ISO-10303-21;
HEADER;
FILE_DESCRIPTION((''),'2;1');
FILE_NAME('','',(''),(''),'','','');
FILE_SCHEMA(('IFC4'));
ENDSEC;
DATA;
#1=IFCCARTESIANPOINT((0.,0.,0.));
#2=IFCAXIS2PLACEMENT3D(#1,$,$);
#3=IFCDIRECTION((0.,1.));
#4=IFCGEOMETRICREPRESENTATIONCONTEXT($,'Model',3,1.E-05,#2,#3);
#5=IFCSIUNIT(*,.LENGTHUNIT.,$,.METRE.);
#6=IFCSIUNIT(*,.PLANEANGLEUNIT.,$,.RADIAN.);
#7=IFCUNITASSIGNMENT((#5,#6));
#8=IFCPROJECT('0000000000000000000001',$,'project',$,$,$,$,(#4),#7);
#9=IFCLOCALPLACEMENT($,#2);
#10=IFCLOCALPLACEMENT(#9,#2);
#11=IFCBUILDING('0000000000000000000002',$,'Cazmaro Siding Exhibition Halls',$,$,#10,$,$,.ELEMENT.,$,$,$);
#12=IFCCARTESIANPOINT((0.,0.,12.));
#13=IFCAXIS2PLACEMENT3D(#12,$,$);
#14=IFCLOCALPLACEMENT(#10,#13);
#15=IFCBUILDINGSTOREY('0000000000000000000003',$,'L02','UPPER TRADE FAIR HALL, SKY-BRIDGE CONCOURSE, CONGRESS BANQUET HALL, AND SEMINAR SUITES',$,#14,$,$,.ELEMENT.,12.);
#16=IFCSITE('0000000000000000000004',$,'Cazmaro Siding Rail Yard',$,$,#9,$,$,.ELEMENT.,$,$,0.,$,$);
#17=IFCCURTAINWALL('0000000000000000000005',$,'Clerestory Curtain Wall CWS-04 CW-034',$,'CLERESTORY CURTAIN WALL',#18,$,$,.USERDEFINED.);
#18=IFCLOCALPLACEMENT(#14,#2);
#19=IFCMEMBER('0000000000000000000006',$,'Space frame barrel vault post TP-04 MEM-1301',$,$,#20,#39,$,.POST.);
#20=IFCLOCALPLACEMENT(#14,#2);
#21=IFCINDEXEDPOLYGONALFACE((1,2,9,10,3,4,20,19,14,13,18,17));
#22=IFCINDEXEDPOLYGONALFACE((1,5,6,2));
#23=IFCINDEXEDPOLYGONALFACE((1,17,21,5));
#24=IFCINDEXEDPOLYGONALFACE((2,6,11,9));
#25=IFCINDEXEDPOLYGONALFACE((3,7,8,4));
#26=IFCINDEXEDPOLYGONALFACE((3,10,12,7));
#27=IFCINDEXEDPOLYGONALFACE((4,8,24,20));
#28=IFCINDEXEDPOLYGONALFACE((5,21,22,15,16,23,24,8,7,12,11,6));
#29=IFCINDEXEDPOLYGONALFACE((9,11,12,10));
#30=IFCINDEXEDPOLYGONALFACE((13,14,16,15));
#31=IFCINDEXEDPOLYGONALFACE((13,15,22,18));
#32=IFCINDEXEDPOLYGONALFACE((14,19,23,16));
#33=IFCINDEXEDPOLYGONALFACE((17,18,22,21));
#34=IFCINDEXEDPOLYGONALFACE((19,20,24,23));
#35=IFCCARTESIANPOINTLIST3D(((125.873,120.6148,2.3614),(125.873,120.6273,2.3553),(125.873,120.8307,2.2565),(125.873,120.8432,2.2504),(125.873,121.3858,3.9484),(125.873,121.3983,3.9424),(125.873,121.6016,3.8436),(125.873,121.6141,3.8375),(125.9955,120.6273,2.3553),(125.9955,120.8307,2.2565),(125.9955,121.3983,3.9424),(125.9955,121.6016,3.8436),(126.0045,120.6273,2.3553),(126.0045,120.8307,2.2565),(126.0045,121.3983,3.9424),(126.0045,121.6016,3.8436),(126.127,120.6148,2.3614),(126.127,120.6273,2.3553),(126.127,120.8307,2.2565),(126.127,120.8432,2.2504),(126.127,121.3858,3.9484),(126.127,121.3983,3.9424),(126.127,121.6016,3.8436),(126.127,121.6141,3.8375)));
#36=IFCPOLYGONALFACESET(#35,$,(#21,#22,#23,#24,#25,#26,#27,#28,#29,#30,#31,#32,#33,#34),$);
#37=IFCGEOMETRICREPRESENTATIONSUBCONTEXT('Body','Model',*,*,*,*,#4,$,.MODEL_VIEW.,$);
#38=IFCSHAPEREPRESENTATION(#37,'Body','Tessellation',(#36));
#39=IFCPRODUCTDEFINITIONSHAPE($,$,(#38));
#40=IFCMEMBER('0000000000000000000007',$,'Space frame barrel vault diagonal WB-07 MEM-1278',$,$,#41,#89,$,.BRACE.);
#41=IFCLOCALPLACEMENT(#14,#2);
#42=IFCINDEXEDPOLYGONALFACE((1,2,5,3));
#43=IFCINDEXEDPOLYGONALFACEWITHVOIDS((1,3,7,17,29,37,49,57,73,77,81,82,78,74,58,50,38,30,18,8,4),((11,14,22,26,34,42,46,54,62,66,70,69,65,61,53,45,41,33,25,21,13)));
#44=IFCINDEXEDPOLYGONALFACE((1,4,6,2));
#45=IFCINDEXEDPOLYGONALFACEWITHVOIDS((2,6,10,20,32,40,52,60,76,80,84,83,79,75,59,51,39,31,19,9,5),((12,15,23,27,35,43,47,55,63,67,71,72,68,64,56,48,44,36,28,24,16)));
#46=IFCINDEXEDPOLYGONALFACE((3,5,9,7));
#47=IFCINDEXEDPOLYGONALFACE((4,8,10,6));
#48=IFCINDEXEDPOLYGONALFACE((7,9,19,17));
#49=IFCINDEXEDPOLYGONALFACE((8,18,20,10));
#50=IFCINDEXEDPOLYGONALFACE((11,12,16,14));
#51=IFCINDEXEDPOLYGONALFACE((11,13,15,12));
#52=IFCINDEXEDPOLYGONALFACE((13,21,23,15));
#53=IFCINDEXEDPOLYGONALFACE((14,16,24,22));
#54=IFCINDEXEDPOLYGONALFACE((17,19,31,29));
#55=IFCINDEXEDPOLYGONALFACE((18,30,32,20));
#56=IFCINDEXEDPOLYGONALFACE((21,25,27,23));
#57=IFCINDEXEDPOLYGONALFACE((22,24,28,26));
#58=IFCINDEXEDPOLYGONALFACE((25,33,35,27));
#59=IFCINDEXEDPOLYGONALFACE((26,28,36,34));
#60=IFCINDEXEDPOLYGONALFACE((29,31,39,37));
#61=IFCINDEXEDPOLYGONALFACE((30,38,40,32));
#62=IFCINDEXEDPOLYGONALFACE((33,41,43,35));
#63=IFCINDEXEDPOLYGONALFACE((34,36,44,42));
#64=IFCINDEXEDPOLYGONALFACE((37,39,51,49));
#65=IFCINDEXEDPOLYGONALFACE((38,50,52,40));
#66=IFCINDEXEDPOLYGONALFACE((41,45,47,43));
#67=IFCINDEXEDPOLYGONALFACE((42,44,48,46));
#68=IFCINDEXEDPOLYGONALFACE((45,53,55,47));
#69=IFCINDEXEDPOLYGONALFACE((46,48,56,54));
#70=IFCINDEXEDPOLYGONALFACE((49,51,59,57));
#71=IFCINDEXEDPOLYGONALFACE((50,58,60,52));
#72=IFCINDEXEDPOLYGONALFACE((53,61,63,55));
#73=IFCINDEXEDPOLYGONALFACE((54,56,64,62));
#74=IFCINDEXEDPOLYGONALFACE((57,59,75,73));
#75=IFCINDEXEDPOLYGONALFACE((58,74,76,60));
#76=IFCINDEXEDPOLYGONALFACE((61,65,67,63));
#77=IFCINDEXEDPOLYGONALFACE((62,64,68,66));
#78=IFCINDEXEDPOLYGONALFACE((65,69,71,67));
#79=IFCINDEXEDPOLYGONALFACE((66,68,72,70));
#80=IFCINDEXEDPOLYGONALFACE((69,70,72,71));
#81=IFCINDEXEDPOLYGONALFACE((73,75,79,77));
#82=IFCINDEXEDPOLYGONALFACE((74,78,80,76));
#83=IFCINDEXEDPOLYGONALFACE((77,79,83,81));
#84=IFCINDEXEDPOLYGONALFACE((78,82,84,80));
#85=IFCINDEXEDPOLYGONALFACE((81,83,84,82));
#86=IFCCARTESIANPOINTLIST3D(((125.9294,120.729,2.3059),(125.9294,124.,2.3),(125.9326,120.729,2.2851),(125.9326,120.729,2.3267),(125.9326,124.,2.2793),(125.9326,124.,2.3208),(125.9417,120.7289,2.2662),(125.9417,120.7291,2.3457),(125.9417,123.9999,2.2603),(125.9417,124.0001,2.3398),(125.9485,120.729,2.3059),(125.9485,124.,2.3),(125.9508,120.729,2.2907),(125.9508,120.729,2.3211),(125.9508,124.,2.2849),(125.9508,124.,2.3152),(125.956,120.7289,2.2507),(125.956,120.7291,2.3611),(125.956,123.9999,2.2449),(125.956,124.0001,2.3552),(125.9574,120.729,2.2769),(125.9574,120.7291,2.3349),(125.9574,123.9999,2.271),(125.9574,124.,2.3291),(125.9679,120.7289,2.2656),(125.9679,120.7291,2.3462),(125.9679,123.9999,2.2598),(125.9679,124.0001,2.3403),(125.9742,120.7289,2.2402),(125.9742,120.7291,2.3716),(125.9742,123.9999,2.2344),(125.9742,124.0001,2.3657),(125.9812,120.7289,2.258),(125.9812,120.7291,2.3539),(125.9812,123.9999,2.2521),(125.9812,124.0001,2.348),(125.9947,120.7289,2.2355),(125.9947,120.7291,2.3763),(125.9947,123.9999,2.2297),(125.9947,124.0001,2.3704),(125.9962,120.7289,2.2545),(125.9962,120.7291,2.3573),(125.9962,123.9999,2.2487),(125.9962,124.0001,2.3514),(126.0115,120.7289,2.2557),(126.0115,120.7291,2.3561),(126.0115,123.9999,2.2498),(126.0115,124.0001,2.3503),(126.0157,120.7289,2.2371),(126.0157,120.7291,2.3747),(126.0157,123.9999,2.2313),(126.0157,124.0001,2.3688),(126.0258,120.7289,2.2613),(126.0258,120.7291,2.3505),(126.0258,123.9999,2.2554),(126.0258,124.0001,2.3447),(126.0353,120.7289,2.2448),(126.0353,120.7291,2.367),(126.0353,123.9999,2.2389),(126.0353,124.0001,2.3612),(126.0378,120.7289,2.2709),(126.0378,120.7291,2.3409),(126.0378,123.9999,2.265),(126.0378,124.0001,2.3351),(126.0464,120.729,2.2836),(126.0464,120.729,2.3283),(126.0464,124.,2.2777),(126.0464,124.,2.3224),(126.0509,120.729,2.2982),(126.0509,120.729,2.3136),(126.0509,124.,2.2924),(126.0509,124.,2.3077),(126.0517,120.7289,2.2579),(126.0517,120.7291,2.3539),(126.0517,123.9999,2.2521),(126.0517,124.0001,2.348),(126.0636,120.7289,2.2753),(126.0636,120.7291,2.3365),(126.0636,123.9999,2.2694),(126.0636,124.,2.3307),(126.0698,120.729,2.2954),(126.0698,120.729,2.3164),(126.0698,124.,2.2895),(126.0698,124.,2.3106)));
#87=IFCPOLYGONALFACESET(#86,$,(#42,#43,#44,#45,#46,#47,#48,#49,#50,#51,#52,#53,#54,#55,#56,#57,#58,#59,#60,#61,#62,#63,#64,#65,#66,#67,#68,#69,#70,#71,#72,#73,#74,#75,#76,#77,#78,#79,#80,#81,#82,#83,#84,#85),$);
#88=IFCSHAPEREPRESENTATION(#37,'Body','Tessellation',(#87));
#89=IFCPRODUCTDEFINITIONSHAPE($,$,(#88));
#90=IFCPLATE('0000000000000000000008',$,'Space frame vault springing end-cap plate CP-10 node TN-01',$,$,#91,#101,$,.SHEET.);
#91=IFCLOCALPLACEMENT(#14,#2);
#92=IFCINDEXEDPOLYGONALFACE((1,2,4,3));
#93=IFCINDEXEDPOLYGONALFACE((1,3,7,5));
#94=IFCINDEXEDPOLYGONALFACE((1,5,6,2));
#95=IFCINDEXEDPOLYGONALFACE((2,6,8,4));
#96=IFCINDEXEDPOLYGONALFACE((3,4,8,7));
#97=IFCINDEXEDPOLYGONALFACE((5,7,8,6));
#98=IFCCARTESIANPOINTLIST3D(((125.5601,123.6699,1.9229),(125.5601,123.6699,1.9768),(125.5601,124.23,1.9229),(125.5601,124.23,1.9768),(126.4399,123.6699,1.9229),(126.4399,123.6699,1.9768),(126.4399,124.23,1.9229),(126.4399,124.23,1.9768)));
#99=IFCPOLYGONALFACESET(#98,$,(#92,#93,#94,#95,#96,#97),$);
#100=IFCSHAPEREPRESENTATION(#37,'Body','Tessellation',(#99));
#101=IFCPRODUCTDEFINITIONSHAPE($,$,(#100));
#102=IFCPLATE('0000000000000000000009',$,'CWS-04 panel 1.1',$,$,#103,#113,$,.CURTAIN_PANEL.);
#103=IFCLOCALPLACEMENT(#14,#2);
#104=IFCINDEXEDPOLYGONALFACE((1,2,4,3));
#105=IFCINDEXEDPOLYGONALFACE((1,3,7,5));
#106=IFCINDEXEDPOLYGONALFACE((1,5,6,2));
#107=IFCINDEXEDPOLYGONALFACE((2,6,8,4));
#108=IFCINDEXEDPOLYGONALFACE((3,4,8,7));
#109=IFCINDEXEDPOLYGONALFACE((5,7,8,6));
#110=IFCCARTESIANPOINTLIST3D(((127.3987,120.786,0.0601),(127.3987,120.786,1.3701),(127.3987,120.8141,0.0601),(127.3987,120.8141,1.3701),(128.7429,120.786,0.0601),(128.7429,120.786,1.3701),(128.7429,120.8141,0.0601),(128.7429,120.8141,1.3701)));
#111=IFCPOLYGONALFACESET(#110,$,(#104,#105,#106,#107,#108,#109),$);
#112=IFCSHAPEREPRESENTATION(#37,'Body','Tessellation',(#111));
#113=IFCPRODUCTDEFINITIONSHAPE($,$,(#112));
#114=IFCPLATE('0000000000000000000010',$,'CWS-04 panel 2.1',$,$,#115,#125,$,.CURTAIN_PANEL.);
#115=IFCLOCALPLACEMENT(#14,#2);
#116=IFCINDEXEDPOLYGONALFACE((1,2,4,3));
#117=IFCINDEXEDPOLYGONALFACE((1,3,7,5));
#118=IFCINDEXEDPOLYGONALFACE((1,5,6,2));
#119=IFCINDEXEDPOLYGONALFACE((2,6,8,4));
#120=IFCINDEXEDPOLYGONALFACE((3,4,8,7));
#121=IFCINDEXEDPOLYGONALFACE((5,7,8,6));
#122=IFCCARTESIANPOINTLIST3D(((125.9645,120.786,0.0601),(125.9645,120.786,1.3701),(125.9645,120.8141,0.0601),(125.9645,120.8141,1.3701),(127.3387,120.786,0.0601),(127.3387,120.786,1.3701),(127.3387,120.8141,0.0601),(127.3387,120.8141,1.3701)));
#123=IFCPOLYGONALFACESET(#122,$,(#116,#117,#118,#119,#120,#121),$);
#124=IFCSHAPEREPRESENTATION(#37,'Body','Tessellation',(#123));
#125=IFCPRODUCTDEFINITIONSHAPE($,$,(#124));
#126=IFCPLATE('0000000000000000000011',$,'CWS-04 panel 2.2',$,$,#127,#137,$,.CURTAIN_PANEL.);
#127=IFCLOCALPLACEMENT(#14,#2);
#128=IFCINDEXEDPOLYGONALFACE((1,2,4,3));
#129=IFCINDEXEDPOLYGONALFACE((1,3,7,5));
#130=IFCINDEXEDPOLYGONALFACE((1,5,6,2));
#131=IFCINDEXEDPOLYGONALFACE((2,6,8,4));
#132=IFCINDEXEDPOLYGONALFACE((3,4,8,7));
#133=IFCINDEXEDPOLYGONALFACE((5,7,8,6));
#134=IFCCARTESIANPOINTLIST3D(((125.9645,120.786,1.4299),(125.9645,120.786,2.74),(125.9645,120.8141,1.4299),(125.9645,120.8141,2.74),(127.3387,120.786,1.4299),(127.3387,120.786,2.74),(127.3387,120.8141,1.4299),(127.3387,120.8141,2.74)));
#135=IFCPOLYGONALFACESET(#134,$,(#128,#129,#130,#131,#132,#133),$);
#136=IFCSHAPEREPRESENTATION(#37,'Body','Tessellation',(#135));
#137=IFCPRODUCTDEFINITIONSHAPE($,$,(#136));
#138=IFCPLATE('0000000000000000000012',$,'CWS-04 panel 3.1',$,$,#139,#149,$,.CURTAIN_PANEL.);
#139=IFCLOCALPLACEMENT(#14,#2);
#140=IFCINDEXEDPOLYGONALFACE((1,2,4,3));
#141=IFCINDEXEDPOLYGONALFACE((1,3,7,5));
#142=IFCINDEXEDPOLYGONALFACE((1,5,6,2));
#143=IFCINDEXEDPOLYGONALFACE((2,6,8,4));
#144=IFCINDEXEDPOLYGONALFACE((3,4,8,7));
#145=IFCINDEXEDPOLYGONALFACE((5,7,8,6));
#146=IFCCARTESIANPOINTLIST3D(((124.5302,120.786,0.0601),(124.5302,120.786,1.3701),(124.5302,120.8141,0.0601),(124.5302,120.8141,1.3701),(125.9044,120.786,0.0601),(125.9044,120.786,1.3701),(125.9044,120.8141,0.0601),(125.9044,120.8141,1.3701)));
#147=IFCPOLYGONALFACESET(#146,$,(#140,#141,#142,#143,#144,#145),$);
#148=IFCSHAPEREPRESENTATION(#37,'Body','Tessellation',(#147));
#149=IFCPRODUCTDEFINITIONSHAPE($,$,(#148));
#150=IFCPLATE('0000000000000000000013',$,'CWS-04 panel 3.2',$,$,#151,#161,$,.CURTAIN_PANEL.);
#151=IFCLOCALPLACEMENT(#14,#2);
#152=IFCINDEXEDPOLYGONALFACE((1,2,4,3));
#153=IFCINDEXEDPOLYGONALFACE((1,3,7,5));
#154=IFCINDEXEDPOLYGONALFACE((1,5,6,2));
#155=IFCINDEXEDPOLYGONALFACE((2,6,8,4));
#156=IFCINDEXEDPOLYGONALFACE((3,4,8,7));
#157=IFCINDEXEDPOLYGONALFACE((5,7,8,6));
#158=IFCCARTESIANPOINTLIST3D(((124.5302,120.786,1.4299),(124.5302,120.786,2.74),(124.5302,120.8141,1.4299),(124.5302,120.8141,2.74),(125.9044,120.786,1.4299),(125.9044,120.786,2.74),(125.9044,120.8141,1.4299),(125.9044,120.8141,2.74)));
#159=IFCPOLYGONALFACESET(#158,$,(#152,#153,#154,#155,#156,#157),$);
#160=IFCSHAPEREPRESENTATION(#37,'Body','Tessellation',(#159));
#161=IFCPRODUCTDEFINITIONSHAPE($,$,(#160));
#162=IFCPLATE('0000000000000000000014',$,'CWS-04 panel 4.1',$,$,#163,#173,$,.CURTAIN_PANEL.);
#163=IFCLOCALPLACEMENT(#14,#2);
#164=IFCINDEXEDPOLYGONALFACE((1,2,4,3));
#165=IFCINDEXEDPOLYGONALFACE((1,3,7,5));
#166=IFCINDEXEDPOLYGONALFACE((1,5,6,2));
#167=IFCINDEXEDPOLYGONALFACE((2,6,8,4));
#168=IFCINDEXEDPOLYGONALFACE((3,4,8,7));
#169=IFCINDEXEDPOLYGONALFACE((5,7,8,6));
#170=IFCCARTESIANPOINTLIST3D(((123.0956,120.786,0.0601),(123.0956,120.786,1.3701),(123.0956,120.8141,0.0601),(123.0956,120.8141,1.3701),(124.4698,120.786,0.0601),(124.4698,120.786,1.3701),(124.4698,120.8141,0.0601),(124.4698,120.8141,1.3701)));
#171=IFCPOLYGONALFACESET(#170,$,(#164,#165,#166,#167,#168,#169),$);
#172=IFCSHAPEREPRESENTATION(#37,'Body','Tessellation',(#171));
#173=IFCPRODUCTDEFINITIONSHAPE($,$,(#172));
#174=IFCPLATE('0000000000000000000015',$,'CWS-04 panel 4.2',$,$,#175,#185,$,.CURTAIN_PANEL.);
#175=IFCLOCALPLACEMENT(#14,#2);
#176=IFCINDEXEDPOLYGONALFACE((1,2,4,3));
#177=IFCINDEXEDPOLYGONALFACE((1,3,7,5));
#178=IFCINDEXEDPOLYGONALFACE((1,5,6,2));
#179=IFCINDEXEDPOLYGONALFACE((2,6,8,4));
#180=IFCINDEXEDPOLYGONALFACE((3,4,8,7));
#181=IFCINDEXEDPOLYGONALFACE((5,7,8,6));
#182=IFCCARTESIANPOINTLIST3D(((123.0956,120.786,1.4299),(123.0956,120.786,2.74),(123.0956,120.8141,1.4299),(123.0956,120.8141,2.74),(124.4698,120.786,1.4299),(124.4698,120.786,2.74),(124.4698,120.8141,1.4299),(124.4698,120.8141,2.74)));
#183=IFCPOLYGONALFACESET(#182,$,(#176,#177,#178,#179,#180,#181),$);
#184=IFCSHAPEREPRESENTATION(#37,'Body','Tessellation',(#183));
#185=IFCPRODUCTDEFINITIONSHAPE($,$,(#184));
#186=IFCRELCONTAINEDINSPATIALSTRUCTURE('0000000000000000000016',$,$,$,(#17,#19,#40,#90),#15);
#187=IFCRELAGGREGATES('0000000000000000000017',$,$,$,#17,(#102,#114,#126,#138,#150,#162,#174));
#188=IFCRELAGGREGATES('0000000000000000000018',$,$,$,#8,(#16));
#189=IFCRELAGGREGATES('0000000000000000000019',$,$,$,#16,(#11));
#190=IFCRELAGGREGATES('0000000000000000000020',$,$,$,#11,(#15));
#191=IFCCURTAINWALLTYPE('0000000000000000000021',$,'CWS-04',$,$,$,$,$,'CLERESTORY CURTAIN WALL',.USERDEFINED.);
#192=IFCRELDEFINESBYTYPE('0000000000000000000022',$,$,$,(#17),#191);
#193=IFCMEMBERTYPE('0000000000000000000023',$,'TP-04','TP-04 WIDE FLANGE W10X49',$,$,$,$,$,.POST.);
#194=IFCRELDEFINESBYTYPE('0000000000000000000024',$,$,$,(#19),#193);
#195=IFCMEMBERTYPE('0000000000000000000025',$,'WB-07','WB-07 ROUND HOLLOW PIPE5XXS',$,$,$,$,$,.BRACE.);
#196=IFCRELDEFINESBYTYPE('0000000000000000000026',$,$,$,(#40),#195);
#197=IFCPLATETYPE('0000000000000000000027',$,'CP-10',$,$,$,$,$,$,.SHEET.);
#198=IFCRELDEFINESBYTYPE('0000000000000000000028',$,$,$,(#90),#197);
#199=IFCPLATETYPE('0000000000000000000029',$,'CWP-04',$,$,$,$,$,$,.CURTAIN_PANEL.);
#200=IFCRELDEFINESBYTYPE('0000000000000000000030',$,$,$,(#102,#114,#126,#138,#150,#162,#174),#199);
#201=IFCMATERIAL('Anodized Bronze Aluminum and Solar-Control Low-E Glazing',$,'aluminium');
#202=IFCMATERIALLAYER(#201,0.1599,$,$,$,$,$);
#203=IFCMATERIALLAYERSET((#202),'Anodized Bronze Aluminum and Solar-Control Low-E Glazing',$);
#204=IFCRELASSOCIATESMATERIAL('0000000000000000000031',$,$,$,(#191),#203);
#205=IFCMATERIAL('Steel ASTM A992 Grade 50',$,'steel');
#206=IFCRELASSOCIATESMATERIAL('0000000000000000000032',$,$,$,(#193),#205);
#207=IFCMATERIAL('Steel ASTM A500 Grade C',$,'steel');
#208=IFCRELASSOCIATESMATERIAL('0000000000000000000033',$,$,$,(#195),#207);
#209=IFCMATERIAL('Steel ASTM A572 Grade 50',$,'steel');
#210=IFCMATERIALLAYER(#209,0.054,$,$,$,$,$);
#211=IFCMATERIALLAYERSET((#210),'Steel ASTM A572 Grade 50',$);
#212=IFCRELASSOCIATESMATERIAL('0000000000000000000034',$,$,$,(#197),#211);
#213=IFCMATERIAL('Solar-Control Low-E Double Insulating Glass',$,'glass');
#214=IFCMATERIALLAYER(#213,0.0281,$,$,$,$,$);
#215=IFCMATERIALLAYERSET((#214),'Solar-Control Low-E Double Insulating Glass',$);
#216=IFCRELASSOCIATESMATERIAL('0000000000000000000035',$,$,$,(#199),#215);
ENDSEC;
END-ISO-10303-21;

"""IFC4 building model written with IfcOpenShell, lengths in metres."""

from ifc_helpers import new_model, si_unit, direction, frame, origin, origin_2d, place, context, subcontext, project, spatial, rectangle, hollow_circle, i_section, extrude, material, layer, layer_set, material_profile, profile_set, type_object, element, aggregate, save


model = new_model("IFC4")

# Units and contexts
model_context = context("Model", 3, precision=1e-05, world=origin(), true_north=direction((0.0, 1.0)))
body_context = subcontext(model_context, "Body", "Model", "MODEL_VIEW")
ifc_project = project(units=[si_unit("LENGTHUNIT", "METRE"), si_unit("PLANEANGLEUNIT", "RADIAN")], contexts=[model_context])

# Site, building, storey
site_placement = place(None, origin())
site = spatial("IfcSite", under=ifc_project, at=site_placement, Name="Cazmaro Siding Rail Yard", CompositionType="ELEMENT", RefElevation=0.0)
building_placement = place(site_placement, origin())
building = spatial("IfcBuilding", under=site, at=building_placement, Name="Cazmaro Siding Exhibition Halls", CompositionType="ELEMENT")
storey_placement = place(building_placement, frame((0.0, 0.0, 12.0)))
storey = spatial("IfcBuildingStorey", under=building, at=storey_placement, Name="L02", Description="UPPER TRADE FAIR HALL, SKY-BRIDGE CONCOURSE, CONGRESS BANQUET HALL, AND SEMINAR SUITES", CompositionType="ELEMENT", Elevation=12.0)

# Curtain wall
ifc_material_1 = material(Name="Anodized Bronze Aluminum and Solar-Control Low-E Glazing", Category="aluminium")
ifc_layer_1 = layer(ifc_material_1, 0.1599)
ifc_layer_set_1 = layer_set([ifc_layer_1], Name="Anodized Bronze Aluminum and Solar-Control Low-E Glazing")
curtain_wall_type = type_object("IfcCurtainWallType", Name="CWS-04", ElementType="CLERESTORY CURTAIN WALL", PredefinedType="USERDEFINED", material=ifc_layer_set_1)
curtain_wall_placement = place(storey_placement, origin())
curtain_wall = element("IfcCurtainWall", 1, at=curtain_wall_placement, inside=storey, type_object=curtain_wall_type, Name="Clerestory Curtain Wall CWS-04 CW-034", ObjectType="CLERESTORY CURTAIN WALL", PredefinedType="USERDEFINED")

# Members
ifc_material_2 = material(Name="Steel ASTM A992 Grade 50", Category="steel")
ifc_material_profile_1 = material_profile(ifc_material_2, i_section(OverallWidth=0.2539, OverallDepth=0.2539, WebThickness=0.009, FlangeThickness=0.0139, at=origin_2d()), Name="W10X49")
ifc_profile_set_1 = profile_set([ifc_material_profile_1], Name="Steel ASTM A992 Grade 50")
member_type_1 = type_object("IfcMemberType", Name="TP-04", Description="TP-04 WIDE FLANGE W10X49", PredefinedType="POST", material=ifc_profile_set_1)
member_1_placement = place(storey_placement, frame((126.0, 120.729, 2.3059), z_axis=(0.0, 0.436946, 0.899488), x_axis=(-1.0, 0.0, 0.0)))
element("IfcMember", 2, at=member_1_placement, inside=storey, type_object=member_type_1, Name="Space frame barrel vault post TP-04 MEM-1301", PredefinedType="POST", context=body_context, shape_type="SweptSolid", body=[
    extrude(i_section(OverallWidth=0.2539, OverallDepth=0.2539, WebThickness=0.009, FlangeThickness=0.0139, at=origin_2d()), origin(), (0.0, 0.0, 1.0), 1.7644),
])
ifc_material_3 = material(Name="Steel ASTM A500 Grade C", Category="steel")
ifc_material_profile_2 = material_profile(ifc_material_3, hollow_circle(Radius=0.0706, WallThickness=0.019, at=origin_2d()), Name="PIPE5XXS")
ifc_profile_set_2 = profile_set([ifc_material_profile_2], Name="Steel ASTM A500 Grade C")
member_type_2 = type_object("IfcMemberType", Name="WB-07", Description="WB-07 ROUND HOLLOW PIPE5XXS", PredefinedType="BRACE", material=ifc_profile_set_2)
member_2_placement = place(storey_placement, frame((126.0, 120.729, 2.3059), z_axis=(0.0, 0.999998, -0.001791), x_axis=(-1.0, 0.0, 0.0)))
element("IfcMember", 3, at=member_2_placement, inside=storey, type_object=member_type_2, Name="Space frame barrel vault diagonal WB-07 MEM-1278", PredefinedType="BRACE", context=body_context, shape_type="SweptSolid", body=[
    extrude(hollow_circle(Radius=0.0706, WallThickness=0.019, at=origin_2d()), origin(), (0.0, 0.0, 1.0), 3.271),
])

# Plates
ifc_material_4 = material(Name="Steel ASTM A572 Grade 50", Category="steel")
ifc_layer_2 = layer(ifc_material_4, 0.054)
ifc_layer_set_2 = layer_set([ifc_layer_2], Name="Steel ASTM A572 Grade 50")
plate_type_1 = type_object("IfcPlateType", Name="CP-10", PredefinedType="SHEET", material=ifc_layer_set_2)
plate_1_placement = place(storey_placement, frame((126.0, 123.95, 1.9229), z_axis=(0.0, 0.0, 1.0), x_axis=(1.0, 0.0, 0.0)))
element("IfcPlate", 4, at=plate_1_placement, inside=storey, type_object=plate_type_1, Name="Space frame vault springing end-cap plate CP-10 node TN-01", PredefinedType="SHEET", context=body_context, shape_type="SweptSolid", body=[
    extrude(rectangle(XDim=0.8799, YDim=0.5601, at=origin_2d()), origin(), (0.0, 0.0, 1.0), 0.054),
])
ifc_material_5 = material(Name="Solar-Control Low-E Double Insulating Glass", Category="glass")
ifc_layer_3 = layer(ifc_material_5, 0.0281)
ifc_layer_set_3 = layer_set([ifc_layer_3], Name="Solar-Control Low-E Double Insulating Glass")
plate_type_2 = type_object("IfcPlateType", Name="CWP-04", PredefinedType="CURTAIN_PANEL", material=ifc_layer_set_3)
plate_2_placement = place(storey_placement, frame((128.0708, 120.8, 0.0601), z_axis=(0.0, 0.0, 1.0), x_axis=(-1.0, 0.0, 0.0)))
plate_2 = element("IfcPlate", 5, at=plate_2_placement, type_object=plate_type_2, Name="CWS-04 panel 1.1", PredefinedType="CURTAIN_PANEL", context=body_context, shape_type="SweptSolid", body=[
    extrude(rectangle(XDim=1.3442, YDim=0.0281, at=origin_2d()), origin(), (0.0, 0.0, 1.0), 1.3101),
])
plate_3_placement = place(storey_placement, frame((126.6516, 120.8, 0.0601), z_axis=(0.0, 0.0, 1.0), x_axis=(-1.0, 0.0, 0.0)))
plate_3 = element("IfcPlate", 6, at=plate_3_placement, type_object=plate_type_2, Name="CWS-04 panel 2.1", PredefinedType="CURTAIN_PANEL", context=body_context, shape_type="SweptSolid", body=[
    extrude(rectangle(XDim=1.3743, YDim=0.0281, at=origin_2d()), origin(), (0.0, 0.0, 1.0), 1.3101),
])
plate_4_placement = place(storey_placement, frame((126.6516, 120.8, 1.4299), z_axis=(0.0, 0.0, 1.0), x_axis=(-1.0, 0.0, 0.0)))
plate_4 = element("IfcPlate", 7, at=plate_4_placement, type_object=plate_type_2, Name="CWS-04 panel 2.2", PredefinedType="CURTAIN_PANEL", context=body_context, shape_type="SweptSolid", body=[
    extrude(rectangle(XDim=1.3743, YDim=0.0281, at=origin_2d()), origin(), (0.0, 0.0, 1.0), 1.3101),
])
plate_5_placement = place(storey_placement, frame((125.2173, 120.8, 0.0601), z_axis=(0.0, 0.0, 1.0), x_axis=(-1.0, 0.0, 0.0)))
plate_5 = element("IfcPlate", 8, at=plate_5_placement, type_object=plate_type_2, Name="CWS-04 panel 3.1", PredefinedType="CURTAIN_PANEL", context=body_context, shape_type="SweptSolid", body=[
    extrude(rectangle(XDim=1.3743, YDim=0.0281, at=origin_2d()), origin(), (0.0, 0.0, 1.0), 1.3101),
])
plate_6_placement = place(storey_placement, frame((125.2173, 120.8, 1.4299), z_axis=(0.0, 0.0, 1.0), x_axis=(-1.0, 0.0, 0.0)))
plate_6 = element("IfcPlate", 9, at=plate_6_placement, type_object=plate_type_2, Name="CWS-04 panel 3.2", PredefinedType="CURTAIN_PANEL", context=body_context, shape_type="SweptSolid", body=[
    extrude(rectangle(XDim=1.3743, YDim=0.0281, at=origin_2d()), origin(), (0.0, 0.0, 1.0), 1.3101),
])
plate_7_placement = place(storey_placement, frame((123.7827, 120.8, 0.0601), z_axis=(0.0, 0.0, 1.0), x_axis=(-1.0, 0.0, 0.0)))
plate_7 = element("IfcPlate", 10, at=plate_7_placement, type_object=plate_type_2, Name="CWS-04 panel 4.1", PredefinedType="CURTAIN_PANEL", context=body_context, shape_type="SweptSolid", body=[
    extrude(rectangle(XDim=1.3743, YDim=0.0281, at=origin_2d()), origin(), (0.0, 0.0, 1.0), 1.3101),
])
plate_8_placement = place(storey_placement, frame((123.7827, 120.8, 1.4299), z_axis=(0.0, 0.0, 1.0), x_axis=(-1.0, 0.0, 0.0)))
plate_8 = element("IfcPlate", 11, at=plate_8_placement, type_object=plate_type_2, Name="CWS-04 panel 4.2", PredefinedType="CURTAIN_PANEL", context=body_context, shape_type="SweptSolid", body=[
    extrude(rectangle(XDim=1.3743, YDim=0.0281, at=origin_2d()), origin(), (0.0, 0.0, 1.0), 1.3101),
])
aggregate(curtain_wall, [plate_2, plate_3, plate_4, plate_5, plate_6, plate_7, plate_8])

save(model, "model.ifc")
